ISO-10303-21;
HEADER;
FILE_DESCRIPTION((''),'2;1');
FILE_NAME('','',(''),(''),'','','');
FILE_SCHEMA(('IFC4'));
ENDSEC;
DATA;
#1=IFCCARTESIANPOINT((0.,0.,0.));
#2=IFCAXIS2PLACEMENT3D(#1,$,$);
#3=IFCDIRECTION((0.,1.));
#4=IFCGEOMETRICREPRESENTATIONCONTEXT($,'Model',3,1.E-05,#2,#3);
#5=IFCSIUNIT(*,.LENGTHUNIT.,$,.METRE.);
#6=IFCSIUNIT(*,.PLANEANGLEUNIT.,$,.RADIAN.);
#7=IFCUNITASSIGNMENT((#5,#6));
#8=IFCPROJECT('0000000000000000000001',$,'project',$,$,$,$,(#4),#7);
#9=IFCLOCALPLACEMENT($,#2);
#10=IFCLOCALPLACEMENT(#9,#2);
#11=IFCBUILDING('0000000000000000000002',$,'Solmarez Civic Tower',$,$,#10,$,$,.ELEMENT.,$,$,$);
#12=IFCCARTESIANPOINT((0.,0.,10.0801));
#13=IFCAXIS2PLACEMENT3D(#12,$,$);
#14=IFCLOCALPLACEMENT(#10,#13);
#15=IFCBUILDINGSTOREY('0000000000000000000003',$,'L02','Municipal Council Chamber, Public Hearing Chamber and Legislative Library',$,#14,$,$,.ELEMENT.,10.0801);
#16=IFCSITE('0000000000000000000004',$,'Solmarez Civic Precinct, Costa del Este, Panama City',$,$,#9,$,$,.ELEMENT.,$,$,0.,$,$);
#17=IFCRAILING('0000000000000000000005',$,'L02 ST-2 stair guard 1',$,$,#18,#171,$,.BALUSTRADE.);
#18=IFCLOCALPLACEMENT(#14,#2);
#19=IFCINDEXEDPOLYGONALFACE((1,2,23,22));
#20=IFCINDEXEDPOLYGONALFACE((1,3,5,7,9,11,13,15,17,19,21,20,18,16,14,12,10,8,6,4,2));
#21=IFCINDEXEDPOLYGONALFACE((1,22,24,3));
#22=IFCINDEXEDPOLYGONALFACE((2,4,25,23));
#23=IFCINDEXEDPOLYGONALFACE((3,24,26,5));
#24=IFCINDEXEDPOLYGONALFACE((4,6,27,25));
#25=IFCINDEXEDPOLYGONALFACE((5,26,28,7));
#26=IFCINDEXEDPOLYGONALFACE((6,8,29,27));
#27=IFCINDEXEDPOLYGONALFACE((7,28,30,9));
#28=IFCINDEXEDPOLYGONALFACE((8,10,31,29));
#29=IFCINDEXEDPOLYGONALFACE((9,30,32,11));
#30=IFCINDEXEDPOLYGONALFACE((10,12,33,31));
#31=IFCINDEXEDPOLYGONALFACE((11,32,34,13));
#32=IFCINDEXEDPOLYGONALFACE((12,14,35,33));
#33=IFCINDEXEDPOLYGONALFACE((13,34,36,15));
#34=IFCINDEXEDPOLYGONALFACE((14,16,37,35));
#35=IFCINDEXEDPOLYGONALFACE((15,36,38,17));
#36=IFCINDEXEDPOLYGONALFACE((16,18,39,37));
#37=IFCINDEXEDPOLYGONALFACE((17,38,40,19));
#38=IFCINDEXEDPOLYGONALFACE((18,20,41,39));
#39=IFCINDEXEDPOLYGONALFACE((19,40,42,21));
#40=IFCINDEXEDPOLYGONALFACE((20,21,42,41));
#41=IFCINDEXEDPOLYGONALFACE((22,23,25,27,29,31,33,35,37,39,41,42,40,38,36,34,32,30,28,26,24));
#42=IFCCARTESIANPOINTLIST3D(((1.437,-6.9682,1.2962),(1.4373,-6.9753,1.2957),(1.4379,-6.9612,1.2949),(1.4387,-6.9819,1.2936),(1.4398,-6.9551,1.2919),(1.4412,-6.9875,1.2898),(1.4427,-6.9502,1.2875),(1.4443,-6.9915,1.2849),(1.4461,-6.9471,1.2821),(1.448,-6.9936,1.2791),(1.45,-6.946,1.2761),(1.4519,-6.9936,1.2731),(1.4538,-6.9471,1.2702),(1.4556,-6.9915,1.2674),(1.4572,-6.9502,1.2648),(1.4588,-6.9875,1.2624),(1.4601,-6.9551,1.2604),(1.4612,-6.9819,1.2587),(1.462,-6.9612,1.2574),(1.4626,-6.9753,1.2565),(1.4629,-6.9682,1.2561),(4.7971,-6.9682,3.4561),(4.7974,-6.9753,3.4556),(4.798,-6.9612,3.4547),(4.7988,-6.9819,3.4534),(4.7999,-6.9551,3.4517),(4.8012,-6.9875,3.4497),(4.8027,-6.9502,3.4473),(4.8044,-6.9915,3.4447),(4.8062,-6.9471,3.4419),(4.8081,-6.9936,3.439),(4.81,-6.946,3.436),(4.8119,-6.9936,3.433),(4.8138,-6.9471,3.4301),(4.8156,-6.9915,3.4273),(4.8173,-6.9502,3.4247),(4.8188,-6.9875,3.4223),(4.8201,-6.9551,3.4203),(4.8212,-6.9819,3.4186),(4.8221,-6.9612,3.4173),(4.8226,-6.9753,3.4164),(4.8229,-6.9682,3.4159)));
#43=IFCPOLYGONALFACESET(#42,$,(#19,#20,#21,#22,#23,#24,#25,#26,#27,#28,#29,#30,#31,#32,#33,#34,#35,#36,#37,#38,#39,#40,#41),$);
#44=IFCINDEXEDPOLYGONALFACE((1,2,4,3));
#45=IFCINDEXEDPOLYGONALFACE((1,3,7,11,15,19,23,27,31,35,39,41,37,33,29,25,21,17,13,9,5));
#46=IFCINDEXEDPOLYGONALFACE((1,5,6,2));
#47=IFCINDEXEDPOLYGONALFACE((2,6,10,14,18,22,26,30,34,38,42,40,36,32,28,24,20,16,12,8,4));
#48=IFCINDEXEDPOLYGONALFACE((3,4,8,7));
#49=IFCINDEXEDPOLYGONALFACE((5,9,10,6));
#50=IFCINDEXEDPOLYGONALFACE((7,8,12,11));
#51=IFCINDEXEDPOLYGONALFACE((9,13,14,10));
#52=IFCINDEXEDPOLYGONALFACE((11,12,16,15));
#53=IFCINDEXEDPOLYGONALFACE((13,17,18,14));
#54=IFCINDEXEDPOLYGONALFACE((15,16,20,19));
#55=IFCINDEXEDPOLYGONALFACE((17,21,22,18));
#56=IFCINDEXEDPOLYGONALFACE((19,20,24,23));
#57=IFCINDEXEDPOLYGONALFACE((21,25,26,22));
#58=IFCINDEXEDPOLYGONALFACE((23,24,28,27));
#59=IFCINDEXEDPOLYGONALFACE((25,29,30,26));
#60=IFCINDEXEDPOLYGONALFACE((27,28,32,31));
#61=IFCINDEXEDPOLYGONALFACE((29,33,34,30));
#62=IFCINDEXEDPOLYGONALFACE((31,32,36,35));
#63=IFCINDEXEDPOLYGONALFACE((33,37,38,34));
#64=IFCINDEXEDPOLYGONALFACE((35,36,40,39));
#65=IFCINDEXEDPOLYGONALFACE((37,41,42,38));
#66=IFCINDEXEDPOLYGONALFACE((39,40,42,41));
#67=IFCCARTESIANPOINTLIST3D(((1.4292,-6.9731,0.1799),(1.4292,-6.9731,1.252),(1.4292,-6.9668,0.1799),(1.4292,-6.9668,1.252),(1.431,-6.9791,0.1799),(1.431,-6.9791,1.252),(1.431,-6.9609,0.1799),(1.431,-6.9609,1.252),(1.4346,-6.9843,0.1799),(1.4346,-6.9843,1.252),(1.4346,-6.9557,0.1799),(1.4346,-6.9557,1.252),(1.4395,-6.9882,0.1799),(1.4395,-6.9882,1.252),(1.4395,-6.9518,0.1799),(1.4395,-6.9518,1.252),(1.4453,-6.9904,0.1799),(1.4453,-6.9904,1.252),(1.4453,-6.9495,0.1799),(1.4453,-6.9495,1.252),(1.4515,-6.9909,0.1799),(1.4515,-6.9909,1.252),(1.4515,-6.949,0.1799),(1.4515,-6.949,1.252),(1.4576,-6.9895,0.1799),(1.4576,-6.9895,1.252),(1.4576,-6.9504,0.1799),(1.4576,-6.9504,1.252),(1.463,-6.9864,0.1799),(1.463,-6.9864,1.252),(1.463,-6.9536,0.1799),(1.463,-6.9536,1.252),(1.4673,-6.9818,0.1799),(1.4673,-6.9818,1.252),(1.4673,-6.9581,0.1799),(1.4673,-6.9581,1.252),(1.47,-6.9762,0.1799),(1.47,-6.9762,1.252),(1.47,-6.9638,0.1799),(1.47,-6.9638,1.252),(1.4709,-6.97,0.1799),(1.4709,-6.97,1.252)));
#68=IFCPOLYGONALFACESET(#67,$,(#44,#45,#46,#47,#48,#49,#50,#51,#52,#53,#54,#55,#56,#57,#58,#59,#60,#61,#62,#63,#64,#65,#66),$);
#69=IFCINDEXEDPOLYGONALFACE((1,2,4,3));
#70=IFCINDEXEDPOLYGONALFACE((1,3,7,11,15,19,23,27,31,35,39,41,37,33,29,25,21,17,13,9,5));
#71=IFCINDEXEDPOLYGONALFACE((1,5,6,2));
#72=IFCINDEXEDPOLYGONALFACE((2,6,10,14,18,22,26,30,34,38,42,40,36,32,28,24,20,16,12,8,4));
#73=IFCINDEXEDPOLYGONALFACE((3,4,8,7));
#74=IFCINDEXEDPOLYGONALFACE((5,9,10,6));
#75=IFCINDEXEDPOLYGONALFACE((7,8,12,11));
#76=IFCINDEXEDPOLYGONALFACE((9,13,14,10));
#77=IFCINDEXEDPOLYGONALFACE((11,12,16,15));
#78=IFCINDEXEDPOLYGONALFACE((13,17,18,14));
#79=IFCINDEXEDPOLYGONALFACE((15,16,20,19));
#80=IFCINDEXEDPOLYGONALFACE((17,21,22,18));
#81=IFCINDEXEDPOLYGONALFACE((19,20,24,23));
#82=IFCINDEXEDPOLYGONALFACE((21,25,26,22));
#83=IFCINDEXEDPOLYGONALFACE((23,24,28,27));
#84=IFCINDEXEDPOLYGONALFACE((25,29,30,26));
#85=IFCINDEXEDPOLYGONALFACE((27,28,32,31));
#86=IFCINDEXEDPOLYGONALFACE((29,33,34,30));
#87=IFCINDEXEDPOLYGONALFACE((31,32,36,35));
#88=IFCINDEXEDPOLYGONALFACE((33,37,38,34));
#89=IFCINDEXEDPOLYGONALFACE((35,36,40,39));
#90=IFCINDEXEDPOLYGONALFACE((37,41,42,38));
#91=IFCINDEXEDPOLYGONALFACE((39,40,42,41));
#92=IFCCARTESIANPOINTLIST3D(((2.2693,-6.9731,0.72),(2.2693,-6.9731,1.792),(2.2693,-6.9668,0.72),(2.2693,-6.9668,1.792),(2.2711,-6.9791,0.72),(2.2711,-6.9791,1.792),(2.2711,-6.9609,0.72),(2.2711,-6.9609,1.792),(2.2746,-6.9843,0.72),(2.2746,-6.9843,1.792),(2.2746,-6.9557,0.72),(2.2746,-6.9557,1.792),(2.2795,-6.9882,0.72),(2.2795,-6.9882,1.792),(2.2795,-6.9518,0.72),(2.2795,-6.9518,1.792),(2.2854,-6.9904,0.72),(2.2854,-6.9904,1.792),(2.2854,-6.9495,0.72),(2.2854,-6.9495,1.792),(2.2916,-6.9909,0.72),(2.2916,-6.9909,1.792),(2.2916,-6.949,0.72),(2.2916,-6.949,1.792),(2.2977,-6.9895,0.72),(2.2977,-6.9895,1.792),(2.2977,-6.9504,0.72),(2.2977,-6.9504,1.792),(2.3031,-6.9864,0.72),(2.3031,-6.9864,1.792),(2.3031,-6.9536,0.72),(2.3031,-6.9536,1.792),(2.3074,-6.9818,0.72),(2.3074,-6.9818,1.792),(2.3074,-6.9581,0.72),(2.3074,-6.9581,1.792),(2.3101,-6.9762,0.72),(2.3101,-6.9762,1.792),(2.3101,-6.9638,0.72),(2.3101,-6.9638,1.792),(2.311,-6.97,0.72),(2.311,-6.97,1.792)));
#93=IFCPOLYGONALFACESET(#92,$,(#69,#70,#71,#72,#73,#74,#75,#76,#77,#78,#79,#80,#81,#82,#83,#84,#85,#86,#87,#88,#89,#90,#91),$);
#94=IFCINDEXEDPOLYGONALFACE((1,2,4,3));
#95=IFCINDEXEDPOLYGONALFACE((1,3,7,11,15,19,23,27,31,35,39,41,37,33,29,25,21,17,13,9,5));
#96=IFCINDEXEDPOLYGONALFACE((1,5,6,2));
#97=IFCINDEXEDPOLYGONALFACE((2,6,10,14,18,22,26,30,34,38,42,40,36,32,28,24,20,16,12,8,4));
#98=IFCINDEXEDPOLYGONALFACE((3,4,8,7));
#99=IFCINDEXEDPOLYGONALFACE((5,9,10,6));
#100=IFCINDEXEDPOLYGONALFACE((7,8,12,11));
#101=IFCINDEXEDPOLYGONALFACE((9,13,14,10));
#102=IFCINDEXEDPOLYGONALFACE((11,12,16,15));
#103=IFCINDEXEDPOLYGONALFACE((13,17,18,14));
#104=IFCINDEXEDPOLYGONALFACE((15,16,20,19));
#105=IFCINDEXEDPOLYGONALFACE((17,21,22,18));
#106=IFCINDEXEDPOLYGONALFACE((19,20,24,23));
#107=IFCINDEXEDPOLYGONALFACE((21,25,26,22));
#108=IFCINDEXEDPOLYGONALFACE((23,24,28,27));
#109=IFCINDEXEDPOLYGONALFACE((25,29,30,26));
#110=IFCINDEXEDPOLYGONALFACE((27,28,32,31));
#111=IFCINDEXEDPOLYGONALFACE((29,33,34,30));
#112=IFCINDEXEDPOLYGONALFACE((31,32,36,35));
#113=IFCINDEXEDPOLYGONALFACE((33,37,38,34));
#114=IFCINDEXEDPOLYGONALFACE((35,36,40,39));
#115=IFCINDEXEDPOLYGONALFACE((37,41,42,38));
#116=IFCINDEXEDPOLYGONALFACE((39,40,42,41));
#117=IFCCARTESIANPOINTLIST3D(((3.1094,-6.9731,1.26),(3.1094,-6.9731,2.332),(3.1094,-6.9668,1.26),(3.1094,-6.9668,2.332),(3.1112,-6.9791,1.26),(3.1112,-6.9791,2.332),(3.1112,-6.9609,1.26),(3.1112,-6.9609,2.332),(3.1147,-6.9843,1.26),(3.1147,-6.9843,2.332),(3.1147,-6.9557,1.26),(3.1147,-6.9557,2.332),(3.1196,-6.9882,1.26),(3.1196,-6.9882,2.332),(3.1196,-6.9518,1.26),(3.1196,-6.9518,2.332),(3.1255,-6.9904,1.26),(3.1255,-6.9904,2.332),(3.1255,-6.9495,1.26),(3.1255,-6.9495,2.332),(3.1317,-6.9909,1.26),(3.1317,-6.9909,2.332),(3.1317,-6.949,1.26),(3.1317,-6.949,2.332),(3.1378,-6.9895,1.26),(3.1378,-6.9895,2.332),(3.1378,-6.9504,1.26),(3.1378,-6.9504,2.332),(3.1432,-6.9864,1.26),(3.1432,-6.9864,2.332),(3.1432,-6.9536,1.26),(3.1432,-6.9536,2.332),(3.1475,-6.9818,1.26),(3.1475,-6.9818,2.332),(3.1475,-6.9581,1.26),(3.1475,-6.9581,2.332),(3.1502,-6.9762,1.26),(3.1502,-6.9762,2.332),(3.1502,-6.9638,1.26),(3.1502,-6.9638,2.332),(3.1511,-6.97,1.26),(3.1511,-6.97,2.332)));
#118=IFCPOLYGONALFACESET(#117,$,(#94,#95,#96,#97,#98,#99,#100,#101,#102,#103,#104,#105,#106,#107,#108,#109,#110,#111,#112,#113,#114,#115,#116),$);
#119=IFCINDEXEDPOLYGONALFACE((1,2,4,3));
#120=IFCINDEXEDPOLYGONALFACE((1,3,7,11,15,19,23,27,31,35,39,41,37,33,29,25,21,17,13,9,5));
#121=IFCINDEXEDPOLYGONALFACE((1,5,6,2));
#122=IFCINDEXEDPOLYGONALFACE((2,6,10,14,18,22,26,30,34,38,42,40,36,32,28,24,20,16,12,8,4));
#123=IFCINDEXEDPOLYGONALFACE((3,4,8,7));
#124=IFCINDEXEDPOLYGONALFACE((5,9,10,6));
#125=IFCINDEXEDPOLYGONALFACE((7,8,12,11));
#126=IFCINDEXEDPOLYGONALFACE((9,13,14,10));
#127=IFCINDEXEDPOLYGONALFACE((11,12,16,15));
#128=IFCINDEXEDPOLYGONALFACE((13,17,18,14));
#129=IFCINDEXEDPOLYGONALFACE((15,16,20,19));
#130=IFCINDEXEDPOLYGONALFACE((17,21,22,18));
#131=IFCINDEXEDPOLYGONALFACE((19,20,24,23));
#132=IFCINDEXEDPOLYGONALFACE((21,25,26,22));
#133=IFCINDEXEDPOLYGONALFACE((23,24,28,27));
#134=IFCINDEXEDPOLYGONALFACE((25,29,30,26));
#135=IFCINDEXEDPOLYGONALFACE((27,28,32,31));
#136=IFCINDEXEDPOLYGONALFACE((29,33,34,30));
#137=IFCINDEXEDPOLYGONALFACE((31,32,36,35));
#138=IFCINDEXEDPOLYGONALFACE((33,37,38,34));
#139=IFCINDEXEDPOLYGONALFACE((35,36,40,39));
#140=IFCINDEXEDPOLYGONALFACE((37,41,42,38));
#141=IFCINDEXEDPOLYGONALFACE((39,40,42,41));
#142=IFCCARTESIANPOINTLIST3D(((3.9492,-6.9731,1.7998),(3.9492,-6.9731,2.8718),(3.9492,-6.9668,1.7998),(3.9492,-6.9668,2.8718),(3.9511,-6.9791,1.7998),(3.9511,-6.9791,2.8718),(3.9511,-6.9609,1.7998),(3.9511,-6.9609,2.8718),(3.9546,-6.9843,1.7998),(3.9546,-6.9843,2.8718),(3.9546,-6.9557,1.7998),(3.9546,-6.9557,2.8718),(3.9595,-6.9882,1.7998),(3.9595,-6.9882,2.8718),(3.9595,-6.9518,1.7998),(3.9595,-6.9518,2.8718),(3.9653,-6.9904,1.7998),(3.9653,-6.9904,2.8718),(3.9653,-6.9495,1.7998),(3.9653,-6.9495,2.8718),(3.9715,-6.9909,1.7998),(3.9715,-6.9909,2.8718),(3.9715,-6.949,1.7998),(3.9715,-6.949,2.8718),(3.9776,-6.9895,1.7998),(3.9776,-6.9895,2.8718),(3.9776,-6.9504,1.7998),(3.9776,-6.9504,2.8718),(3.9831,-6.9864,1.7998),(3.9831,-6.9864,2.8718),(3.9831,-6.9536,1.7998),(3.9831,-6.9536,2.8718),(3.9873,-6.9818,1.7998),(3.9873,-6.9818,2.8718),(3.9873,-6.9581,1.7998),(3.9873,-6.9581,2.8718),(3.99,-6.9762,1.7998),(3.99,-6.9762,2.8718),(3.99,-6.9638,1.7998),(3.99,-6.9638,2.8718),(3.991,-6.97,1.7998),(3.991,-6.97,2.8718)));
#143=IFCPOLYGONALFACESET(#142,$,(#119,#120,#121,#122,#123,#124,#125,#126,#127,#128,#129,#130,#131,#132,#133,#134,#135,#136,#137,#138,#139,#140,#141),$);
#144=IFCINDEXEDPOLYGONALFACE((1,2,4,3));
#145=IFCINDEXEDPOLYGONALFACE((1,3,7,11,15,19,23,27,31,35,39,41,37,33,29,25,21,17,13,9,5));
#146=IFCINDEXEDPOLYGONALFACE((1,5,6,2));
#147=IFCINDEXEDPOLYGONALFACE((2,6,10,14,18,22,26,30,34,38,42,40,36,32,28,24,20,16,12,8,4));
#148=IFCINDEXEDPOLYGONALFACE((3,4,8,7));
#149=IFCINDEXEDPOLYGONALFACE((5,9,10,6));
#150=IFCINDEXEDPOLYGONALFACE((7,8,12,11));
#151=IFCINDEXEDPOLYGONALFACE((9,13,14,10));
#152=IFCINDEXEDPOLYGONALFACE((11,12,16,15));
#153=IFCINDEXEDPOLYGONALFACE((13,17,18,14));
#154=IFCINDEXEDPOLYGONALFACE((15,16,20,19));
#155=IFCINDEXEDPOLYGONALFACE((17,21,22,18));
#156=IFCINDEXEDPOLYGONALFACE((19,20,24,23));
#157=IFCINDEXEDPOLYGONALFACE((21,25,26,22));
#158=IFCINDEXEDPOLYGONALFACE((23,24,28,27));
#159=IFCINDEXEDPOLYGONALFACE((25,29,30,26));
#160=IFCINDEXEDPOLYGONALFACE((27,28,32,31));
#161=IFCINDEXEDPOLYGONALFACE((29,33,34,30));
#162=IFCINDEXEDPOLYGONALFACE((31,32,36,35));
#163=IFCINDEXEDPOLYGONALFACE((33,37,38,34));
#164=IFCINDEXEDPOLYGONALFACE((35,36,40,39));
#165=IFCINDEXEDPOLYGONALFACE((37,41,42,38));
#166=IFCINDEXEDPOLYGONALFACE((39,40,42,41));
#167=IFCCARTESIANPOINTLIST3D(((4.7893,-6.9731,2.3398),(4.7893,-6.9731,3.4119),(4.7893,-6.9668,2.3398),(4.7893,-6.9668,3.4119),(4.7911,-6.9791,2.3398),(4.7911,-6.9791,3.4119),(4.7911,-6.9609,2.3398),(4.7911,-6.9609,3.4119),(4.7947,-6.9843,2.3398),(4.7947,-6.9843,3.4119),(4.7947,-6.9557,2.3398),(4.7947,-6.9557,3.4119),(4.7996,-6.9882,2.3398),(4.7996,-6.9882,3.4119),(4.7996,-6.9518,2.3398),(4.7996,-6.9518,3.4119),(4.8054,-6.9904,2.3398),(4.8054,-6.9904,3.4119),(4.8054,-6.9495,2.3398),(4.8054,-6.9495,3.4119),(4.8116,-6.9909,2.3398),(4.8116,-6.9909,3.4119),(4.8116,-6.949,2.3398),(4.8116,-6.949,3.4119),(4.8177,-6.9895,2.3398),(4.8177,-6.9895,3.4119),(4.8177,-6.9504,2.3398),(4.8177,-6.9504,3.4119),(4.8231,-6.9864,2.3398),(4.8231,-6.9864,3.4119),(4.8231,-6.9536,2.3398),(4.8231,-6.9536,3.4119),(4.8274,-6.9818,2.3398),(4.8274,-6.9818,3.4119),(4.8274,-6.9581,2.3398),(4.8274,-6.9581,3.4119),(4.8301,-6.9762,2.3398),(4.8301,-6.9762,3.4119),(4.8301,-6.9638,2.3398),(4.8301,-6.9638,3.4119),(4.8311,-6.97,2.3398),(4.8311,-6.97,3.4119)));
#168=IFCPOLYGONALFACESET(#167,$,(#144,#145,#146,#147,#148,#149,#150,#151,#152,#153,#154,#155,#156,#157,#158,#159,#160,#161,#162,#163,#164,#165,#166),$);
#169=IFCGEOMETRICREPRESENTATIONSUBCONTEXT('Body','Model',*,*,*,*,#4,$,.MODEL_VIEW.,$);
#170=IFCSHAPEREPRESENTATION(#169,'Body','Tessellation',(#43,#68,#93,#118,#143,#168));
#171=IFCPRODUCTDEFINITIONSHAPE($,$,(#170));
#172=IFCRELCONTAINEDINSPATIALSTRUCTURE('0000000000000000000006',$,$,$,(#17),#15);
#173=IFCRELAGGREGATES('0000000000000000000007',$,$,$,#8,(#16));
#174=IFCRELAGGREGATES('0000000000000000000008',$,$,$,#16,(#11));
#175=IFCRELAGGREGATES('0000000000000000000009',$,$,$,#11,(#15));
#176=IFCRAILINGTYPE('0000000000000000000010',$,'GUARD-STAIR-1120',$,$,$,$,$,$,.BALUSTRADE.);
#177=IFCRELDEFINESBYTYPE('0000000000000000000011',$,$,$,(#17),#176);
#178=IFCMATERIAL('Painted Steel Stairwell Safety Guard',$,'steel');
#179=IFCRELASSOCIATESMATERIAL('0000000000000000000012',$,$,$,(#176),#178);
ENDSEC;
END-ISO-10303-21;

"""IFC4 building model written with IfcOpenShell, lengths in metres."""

from ifc_helpers import new_model, si_unit, direction, frame, origin, origin_2d, place, context, subcontext, project, spatial, circle, extrude, material, type_object, element, save


model = new_model("IFC4")

# Units and contexts
model_context = context("Model", 3, precision=1e-05, world=origin(), true_north=direction((0.0, 1.0)))
body_context = subcontext(model_context, "Body", "Model", "MODEL_VIEW")
ifc_project = project(units=[si_unit("LENGTHUNIT", "METRE"), si_unit("PLANEANGLEUNIT", "RADIAN")], contexts=[model_context])

# Site, building, storey
site_placement = place(None, origin())
site = spatial("IfcSite", under=ifc_project, at=site_placement, Name="Solmarez Civic Precinct, Costa del Este, Panama City", CompositionType="ELEMENT", RefElevation=0.0)
building_placement = place(site_placement, origin())
building = spatial("IfcBuilding", under=site, at=building_placement, Name="Solmarez Civic Tower", CompositionType="ELEMENT")
storey_placement = place(building_placement, frame((0.0, 0.0, 10.0801)))
storey = spatial("IfcBuildingStorey", under=building, at=storey_placement, Name="L02", Description="Municipal Council Chamber, Public Hearing Chamber and Legislative Library", CompositionType="ELEMENT", Elevation=10.0801)

# Railing
ifc_material_1 = material(Name="Painted Steel Stairwell Safety Guard", Category="steel")
railing_type_1 = type_object("IfcRailingType", Name="GUARD-STAIR-1120", PredefinedType="BALUSTRADE", material=ifc_material_1)
railing_1_placement = place(storey_placement, frame((1.45, -6.97, 0.1799)))
element("IfcRailing", 1, at=railing_1_placement, inside=storey, type_object=railing_type_1, Name="L02 ST-2 stair guard 1", PredefinedType="BALUSTRADE", context=body_context, shape_type="SweptSolid", body=[
    extrude(circle(Radius=0.0239, at=origin_2d()), frame((0.0, 0.0, 1.0962), z_axis=(0.841196, 0.0, 0.54073), x_axis=(0.0, 1.0, 0.0)), (0.0, 0.0, 1.0), 3.9944),
    extrude(circle(Radius=0.021, at=origin_2d()), origin(), (0.0, 0.0, 1.0), 1.072),
    extrude(circle(Radius=0.021, at=origin_2d()), frame((0.8401, 0.0, 0.54)), (0.0, 0.0, 1.0), 1.072),
    extrude(circle(Radius=0.021, at=origin_2d()), frame((1.6802, 0.0, 1.0801)), (0.0, 0.0, 1.0), 1.072),
    extrude(circle(Radius=0.021, at=origin_2d()), frame((2.52, 0.0, 1.6199)), (0.0, 0.0, 1.0), 1.072),
    extrude(circle(Radius=0.021, at=origin_2d()), frame((3.3601, 0.0, 2.1599)), (0.0, 0.0, 1.0), 1.072),
])

save(model, "model.ifc")
